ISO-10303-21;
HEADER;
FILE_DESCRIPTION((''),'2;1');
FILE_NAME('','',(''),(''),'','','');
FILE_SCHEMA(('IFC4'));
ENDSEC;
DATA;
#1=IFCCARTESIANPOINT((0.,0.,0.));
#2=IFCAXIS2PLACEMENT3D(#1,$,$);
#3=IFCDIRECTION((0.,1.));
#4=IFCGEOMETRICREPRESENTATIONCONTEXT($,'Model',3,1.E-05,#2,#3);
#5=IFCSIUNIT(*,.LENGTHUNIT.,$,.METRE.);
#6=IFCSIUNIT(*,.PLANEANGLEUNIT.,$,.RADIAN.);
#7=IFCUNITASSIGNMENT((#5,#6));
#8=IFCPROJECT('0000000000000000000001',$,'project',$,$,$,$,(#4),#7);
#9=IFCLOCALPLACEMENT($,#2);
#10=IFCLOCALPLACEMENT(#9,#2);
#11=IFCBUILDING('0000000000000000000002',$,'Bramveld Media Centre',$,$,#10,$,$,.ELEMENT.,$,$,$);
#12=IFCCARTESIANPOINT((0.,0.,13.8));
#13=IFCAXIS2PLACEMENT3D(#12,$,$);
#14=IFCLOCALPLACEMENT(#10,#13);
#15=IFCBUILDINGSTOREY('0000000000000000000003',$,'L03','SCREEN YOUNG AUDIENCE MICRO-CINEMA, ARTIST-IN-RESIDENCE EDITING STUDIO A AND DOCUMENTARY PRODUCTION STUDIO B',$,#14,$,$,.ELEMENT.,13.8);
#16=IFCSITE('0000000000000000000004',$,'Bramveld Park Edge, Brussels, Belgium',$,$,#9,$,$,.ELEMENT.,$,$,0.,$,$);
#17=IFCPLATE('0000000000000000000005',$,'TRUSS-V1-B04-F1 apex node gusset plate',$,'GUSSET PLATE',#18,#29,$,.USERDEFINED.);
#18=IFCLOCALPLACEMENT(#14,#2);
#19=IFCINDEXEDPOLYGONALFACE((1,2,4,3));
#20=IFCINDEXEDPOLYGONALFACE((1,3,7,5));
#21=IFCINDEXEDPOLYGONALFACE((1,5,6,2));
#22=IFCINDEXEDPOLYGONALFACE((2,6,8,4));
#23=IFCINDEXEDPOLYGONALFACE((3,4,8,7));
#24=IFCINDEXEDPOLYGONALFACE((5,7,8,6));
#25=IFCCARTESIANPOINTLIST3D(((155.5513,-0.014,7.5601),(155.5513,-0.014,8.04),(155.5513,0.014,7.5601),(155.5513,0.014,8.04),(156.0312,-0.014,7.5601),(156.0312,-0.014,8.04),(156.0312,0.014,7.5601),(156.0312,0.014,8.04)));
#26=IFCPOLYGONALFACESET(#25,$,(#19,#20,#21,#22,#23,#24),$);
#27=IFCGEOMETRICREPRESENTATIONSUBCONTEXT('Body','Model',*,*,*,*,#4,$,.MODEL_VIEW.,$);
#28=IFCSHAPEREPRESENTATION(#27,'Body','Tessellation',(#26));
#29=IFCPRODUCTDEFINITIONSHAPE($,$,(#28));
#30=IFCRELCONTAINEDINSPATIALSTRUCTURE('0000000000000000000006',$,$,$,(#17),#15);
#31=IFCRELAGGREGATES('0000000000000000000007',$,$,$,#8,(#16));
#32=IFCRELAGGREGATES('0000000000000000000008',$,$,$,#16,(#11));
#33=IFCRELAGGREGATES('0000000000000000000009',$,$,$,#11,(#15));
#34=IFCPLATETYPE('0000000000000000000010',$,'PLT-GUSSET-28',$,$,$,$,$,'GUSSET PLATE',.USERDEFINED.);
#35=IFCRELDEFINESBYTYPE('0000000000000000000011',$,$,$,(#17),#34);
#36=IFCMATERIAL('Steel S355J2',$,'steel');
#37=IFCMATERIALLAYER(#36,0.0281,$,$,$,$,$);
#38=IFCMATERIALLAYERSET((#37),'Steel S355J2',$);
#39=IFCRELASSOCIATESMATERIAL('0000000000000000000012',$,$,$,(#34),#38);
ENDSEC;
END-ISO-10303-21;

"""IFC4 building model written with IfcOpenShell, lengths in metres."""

from ifc_helpers import new_model, si_unit, direction, frame, origin, origin_2d, place, context, subcontext, project, spatial, rectangle, extrude, material, layer, layer_set, type_object, element, save


model = new_model("IFC4")

# Units and contexts
model_context = context("Model", 3, precision=1e-05, world=origin(), true_north=direction((0.0, 1.0)))
body_context = subcontext(model_context, "Body", "Model", "MODEL_VIEW")
ifc_project = project(units=[si_unit("LENGTHUNIT", "METRE"), si_unit("PLANEANGLEUNIT", "RADIAN")], contexts=[model_context])

# Site, building, storey
site_placement = place(None, origin())
site = spatial("IfcSite", under=ifc_project, at=site_placement, Name="Bramveld Park Edge, Brussels, Belgium", CompositionType="ELEMENT", RefElevation=0.0)
building_placement = place(site_placement, origin())
building = spatial("IfcBuilding", under=site, at=building_placement, Name="Bramveld Media Centre", CompositionType="ELEMENT")
storey_placement = place(building_placement, frame((0.0, 0.0, 13.8)))
storey = spatial("IfcBuildingStorey", under=building, at=storey_placement, Name="L03", Description="SCREEN YOUNG AUDIENCE MICRO-CINEMA, ARTIST-IN-RESIDENCE EDITING STUDIO A AND DOCUMENTARY PRODUCTION STUDIO B", CompositionType="ELEMENT", Elevation=13.8)

# Plate
ifc_material_1 = material(Name="Steel S355J2", Category="steel")
ifc_layer_1 = layer(ifc_material_1, 0.0281)
ifc_layer_set_1 = layer_set([ifc_layer_1], Name="Steel S355J2")
plate_type_1 = type_object("IfcPlateType", Name="PLT-GUSSET-28", ElementType="GUSSET PLATE", PredefinedType="USERDEFINED", material=ifc_layer_set_1)
plate_1_placement = place(storey_placement, frame((155.7913, 0.0, 7.5601), z_axis=(0.0, 0.0, 1.0), x_axis=(1.0, 0.0, 0.0)))
element("IfcPlate", 1, at=plate_1_placement, inside=storey, type_object=plate_type_1, Name="TRUSS-V1-B04-F1 apex node gusset plate", ObjectType="GUSSET PLATE", PredefinedType="USERDEFINED", context=body_context, shape_type="SweptSolid", body=[
    extrude(rectangle(XDim=0.48, YDim=0.0281, at=origin_2d()), origin(), (0.0, 0.0, 1.0), 0.48),
])

save(model, "model.ifc")
